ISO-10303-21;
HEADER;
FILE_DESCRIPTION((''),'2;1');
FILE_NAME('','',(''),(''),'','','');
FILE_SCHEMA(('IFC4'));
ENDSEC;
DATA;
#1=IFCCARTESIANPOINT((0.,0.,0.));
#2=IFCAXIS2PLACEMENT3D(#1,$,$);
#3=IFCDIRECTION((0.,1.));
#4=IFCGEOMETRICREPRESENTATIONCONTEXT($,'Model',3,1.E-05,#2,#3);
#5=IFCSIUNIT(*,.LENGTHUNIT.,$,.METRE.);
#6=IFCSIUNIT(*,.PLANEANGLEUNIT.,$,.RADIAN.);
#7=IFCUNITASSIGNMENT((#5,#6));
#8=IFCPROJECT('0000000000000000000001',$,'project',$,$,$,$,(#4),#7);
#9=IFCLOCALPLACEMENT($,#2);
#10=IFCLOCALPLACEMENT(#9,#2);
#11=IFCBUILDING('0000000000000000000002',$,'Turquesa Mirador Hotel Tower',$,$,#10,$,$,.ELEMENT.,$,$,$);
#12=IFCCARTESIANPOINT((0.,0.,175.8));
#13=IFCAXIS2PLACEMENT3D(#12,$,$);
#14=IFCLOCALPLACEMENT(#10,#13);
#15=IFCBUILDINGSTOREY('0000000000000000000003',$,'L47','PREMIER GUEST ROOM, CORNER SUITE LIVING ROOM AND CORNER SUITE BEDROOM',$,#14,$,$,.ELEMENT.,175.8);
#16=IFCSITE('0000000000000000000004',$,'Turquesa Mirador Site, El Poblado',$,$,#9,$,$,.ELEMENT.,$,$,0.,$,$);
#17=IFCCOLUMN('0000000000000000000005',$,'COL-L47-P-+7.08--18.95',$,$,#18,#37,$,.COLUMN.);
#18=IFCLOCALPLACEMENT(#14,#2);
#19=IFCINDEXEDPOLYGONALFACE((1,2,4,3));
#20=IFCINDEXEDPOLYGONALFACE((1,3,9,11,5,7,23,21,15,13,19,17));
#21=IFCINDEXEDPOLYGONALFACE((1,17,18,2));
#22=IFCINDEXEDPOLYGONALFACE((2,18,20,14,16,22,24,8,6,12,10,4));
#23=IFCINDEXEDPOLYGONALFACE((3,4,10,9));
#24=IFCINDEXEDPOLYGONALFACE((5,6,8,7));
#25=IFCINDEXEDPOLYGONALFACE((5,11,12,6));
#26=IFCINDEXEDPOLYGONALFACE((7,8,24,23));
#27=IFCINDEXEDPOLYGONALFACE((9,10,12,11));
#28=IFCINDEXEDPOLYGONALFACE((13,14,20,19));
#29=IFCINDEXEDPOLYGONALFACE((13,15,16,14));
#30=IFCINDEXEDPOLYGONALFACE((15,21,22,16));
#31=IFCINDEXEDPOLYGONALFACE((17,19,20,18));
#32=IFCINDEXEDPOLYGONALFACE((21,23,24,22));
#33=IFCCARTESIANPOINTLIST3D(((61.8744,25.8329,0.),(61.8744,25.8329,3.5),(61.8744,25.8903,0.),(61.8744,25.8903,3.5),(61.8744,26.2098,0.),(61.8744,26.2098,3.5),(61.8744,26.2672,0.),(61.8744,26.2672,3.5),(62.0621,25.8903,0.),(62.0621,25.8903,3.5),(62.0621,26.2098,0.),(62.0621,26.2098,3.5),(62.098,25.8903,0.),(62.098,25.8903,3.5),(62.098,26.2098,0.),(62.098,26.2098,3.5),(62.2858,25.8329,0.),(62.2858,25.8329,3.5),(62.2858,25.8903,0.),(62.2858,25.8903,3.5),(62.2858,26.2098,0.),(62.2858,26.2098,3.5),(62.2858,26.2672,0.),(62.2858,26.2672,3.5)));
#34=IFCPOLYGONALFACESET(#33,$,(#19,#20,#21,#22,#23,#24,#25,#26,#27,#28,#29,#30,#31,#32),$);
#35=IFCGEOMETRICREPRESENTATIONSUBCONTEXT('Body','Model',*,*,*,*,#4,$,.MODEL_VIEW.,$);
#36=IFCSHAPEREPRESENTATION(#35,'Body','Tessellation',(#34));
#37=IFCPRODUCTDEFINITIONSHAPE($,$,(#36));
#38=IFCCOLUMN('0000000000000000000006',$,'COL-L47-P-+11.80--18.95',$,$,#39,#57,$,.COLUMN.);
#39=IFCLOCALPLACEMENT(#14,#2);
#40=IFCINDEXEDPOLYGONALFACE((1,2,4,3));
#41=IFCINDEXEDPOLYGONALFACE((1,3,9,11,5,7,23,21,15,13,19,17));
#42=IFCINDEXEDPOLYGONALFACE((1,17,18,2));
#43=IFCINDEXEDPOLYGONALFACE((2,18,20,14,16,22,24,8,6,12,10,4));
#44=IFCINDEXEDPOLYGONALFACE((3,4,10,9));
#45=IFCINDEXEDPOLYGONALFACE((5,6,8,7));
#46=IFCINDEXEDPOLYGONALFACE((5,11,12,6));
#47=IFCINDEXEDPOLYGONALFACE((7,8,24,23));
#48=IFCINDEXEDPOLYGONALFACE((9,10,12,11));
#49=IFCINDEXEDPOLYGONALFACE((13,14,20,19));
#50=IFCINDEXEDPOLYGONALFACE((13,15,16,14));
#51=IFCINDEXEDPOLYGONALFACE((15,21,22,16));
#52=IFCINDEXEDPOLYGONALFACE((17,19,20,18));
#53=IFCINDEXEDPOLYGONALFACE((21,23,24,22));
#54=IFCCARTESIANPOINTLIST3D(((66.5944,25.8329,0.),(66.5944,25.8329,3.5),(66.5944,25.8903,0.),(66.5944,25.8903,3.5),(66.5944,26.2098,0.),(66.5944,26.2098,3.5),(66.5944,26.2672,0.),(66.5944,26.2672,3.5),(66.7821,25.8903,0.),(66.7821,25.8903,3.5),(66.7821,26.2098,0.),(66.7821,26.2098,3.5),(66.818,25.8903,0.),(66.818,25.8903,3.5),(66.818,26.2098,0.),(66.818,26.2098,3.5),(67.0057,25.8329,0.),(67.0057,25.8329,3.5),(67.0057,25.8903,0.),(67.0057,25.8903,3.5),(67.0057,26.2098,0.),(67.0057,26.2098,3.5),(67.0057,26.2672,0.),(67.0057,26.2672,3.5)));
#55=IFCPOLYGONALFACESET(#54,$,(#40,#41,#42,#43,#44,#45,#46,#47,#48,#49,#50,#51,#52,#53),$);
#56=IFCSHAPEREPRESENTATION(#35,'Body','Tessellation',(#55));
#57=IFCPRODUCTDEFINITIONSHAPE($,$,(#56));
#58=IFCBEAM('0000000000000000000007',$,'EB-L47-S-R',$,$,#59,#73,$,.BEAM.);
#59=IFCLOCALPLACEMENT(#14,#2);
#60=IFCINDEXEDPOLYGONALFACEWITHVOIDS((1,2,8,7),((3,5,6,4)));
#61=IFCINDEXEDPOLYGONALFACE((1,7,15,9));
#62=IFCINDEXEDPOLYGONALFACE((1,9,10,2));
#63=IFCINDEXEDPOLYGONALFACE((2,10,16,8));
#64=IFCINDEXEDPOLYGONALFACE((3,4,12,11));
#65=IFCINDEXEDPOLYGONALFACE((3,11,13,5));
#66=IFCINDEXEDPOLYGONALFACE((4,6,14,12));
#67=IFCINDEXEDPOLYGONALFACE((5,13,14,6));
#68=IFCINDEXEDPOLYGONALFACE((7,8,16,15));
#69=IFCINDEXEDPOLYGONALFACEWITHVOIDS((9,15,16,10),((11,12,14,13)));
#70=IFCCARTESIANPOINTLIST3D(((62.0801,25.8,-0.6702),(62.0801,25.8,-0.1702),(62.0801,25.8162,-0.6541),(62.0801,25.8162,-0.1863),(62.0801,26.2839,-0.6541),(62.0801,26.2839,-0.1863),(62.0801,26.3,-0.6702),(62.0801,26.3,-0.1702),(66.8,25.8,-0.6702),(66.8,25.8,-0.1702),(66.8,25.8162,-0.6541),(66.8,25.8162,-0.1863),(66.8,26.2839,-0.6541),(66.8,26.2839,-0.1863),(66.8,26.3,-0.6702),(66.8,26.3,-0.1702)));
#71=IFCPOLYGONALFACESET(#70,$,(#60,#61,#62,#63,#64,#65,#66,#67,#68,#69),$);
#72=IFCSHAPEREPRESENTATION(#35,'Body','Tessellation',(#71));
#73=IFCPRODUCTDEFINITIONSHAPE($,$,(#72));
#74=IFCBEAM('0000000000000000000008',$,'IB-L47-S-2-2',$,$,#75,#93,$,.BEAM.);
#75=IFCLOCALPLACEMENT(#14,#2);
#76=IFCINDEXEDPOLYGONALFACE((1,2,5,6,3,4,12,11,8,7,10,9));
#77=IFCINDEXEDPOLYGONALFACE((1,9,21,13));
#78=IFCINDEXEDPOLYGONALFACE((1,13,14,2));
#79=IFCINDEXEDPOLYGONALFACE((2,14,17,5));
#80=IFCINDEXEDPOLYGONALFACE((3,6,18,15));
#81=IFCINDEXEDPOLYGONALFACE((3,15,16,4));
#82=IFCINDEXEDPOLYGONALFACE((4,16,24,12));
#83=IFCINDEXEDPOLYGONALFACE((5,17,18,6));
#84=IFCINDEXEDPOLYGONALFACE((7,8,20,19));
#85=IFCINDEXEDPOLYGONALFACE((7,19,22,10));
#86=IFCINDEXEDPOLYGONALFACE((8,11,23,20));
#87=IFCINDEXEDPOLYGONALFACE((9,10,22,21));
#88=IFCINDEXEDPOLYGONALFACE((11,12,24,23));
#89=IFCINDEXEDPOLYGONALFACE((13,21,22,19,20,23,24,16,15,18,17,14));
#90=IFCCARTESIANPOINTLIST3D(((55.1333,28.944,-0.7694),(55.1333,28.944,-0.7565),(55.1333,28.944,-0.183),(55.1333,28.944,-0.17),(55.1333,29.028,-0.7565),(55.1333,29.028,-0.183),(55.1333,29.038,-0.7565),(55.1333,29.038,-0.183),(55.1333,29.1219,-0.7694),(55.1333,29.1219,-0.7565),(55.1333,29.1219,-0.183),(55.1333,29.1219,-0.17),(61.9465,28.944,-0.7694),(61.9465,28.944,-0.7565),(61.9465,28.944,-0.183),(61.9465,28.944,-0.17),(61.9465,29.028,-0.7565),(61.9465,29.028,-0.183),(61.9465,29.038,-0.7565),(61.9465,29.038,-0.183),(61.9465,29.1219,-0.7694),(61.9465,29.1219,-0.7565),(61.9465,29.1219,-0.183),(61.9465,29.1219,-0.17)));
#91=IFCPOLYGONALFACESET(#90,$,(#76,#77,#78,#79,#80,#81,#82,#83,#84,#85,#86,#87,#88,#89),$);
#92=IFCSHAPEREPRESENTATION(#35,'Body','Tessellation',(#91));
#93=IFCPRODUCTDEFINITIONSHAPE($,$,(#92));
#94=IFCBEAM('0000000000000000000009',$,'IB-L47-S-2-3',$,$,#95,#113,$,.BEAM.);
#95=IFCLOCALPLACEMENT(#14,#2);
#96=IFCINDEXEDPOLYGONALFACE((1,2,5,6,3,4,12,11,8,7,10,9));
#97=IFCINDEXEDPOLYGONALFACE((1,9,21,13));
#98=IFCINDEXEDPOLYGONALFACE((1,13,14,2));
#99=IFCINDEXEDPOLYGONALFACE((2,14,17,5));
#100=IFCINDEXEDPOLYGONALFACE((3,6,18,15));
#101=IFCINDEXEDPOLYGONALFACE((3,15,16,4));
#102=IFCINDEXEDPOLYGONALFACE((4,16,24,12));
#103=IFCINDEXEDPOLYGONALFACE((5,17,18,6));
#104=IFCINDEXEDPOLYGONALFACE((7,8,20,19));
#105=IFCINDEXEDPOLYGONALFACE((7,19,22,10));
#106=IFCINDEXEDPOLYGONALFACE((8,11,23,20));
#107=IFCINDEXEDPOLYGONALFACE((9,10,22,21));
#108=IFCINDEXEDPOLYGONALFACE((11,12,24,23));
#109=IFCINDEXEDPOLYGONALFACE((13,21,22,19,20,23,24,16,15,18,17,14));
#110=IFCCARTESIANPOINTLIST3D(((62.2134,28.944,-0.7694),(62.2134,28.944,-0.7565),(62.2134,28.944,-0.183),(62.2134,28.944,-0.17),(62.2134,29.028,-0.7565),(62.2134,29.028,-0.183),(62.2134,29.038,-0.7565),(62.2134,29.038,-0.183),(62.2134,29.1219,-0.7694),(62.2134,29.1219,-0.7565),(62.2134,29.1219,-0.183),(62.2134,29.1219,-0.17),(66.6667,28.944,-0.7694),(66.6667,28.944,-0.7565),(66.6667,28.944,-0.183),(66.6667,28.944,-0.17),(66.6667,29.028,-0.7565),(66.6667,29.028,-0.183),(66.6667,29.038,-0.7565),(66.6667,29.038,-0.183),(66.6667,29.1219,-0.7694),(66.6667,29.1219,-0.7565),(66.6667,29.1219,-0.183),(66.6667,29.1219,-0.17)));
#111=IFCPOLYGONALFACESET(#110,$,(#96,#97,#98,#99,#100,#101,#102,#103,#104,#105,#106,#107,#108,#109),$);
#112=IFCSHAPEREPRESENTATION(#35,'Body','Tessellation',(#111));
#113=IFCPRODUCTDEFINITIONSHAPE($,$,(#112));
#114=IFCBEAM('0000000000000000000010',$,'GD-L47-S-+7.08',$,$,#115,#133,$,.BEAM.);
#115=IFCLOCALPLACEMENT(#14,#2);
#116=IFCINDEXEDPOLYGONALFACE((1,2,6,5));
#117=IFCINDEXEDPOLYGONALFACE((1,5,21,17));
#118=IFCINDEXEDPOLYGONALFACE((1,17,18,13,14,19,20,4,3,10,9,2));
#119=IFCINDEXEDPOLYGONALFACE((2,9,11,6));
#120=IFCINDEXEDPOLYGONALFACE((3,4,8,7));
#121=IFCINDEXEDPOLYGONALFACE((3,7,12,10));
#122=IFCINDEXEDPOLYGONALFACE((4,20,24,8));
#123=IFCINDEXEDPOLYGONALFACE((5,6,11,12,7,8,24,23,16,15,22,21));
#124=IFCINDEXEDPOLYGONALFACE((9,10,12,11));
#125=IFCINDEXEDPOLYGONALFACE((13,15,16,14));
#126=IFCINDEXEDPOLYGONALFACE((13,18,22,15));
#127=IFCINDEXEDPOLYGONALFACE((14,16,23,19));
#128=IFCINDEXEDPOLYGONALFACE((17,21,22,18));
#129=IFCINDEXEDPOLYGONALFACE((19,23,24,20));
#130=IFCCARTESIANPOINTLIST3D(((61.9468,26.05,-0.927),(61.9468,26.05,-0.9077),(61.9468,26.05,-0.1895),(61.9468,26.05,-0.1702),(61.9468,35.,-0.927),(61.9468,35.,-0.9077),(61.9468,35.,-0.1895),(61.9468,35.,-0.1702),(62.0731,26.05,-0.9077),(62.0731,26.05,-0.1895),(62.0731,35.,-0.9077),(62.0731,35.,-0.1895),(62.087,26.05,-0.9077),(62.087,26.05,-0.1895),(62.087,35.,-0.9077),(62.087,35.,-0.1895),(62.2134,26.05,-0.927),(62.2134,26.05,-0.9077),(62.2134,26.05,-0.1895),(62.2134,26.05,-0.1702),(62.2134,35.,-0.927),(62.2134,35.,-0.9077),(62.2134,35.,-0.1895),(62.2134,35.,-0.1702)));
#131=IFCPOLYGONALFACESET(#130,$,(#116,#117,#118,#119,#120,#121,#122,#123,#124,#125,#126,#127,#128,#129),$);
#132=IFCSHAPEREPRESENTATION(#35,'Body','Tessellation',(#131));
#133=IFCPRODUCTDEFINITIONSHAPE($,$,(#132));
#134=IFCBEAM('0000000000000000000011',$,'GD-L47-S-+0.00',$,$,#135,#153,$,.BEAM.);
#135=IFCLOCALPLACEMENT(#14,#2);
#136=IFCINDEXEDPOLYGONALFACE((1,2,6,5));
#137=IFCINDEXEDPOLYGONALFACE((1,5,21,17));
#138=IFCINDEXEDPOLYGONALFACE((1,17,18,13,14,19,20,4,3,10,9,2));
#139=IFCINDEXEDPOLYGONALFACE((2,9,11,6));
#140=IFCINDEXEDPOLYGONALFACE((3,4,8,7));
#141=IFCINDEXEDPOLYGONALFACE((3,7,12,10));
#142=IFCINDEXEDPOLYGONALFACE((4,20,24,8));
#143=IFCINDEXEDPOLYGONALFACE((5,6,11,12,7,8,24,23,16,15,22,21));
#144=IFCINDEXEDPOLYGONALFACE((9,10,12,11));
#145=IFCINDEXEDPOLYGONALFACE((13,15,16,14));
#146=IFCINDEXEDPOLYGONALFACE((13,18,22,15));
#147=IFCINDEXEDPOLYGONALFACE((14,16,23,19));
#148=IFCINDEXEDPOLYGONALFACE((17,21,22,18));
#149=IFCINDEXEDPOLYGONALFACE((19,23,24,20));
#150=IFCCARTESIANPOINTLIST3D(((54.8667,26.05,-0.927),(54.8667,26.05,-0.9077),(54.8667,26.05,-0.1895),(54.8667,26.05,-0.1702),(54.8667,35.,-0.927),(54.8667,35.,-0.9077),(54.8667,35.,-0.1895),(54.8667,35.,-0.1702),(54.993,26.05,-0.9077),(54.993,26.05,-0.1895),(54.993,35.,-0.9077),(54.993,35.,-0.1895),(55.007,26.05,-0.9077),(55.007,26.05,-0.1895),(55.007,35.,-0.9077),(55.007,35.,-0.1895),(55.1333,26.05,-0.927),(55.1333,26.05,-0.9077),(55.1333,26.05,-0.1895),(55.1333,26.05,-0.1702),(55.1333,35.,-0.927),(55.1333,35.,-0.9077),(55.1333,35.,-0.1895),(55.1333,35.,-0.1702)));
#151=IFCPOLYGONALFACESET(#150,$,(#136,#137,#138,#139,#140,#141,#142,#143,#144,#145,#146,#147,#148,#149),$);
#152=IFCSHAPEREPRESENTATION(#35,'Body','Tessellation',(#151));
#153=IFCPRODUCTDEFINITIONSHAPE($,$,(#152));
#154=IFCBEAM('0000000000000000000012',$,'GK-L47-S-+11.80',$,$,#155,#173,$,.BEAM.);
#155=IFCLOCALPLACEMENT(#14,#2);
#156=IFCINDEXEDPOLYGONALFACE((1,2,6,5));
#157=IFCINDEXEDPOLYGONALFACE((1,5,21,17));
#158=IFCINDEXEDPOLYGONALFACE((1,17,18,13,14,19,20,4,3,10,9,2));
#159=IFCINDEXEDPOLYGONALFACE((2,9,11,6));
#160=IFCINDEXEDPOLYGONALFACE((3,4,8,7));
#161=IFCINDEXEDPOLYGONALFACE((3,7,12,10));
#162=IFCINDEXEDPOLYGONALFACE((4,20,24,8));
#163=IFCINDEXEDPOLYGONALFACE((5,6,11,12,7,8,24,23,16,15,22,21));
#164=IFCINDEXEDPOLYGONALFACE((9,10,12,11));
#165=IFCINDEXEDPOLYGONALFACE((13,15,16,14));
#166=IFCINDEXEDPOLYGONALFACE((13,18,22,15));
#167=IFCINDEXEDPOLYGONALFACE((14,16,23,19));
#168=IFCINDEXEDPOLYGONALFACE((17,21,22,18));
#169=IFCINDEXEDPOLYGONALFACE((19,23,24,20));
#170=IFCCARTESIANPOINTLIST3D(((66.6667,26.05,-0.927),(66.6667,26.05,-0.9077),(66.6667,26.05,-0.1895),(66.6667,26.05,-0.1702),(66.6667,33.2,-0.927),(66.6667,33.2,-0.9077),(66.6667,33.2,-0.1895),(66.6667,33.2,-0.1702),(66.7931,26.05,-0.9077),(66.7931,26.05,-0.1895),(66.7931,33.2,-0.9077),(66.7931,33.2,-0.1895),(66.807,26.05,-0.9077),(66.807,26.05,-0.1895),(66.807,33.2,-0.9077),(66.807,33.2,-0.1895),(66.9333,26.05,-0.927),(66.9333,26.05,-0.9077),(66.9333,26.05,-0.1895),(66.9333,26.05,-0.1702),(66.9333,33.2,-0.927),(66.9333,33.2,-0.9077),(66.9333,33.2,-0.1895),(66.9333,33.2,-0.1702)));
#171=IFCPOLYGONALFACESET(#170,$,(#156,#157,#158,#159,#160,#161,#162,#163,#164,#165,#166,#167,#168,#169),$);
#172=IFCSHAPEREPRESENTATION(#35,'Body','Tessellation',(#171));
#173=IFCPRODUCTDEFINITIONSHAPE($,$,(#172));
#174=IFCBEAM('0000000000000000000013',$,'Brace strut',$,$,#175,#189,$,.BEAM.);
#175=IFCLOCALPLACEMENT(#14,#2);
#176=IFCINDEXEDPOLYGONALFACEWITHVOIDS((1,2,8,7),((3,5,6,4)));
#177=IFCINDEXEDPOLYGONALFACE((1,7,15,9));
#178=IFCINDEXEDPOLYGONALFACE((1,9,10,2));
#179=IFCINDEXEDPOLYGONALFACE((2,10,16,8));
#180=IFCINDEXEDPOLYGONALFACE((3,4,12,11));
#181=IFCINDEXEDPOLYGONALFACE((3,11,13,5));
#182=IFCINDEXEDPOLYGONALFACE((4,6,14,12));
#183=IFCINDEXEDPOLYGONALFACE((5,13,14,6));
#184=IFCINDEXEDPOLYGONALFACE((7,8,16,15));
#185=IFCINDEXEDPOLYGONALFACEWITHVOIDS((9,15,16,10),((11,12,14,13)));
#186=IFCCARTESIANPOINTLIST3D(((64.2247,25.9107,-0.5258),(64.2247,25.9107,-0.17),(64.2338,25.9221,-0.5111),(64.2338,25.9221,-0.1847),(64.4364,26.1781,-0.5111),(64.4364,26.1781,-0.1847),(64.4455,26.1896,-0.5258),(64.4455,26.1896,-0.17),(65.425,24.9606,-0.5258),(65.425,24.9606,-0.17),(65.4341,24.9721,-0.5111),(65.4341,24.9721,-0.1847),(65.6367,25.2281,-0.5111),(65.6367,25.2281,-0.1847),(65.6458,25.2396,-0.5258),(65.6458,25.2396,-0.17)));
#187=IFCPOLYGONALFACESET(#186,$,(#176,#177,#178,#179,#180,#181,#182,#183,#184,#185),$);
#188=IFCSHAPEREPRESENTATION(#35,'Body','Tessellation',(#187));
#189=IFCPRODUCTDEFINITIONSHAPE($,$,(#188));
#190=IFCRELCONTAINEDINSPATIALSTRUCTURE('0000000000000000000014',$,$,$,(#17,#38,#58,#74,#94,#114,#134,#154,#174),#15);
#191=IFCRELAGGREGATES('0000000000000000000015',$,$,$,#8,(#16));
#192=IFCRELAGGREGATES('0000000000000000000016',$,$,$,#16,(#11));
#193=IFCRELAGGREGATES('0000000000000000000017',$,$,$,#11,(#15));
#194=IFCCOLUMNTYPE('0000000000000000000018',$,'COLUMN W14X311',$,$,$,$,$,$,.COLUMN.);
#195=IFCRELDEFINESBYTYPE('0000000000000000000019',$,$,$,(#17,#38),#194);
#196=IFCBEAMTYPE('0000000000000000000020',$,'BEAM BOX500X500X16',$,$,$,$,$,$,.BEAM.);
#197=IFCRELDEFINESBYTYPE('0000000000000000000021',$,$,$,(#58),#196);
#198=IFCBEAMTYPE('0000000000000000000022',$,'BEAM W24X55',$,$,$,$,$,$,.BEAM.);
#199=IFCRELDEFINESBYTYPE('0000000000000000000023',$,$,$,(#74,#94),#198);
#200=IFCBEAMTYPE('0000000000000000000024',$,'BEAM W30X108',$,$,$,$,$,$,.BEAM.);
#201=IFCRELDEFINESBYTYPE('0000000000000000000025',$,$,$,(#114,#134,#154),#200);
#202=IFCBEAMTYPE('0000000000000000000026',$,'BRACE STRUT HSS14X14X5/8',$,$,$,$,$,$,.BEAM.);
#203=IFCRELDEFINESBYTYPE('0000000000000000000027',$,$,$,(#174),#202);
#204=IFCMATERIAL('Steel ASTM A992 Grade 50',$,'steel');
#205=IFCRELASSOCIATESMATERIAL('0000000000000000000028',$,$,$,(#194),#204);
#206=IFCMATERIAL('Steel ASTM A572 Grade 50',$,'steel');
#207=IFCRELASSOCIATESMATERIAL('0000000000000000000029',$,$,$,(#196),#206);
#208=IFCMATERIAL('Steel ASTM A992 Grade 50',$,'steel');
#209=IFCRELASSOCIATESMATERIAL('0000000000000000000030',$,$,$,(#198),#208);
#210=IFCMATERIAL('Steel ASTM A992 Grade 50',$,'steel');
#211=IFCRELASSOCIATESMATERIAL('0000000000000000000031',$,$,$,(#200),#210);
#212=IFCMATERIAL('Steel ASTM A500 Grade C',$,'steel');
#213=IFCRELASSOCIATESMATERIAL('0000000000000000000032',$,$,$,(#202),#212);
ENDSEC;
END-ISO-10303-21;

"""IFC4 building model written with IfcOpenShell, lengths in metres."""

from ifc_helpers import new_model, si_unit, direction, frame, origin, origin_2d, place, context, subcontext, project, spatial, hollow_rectangle, i_section, extrude, material, material_profile, profile_set, type_object, element, save


model = new_model("IFC4")

# Units and contexts
model_context = context("Model", 3, precision=1e-05, world=origin(), true_north=direction((0.0, 1.0)))
body_context = subcontext(model_context, "Body", "Model", "MODEL_VIEW")
ifc_project = project(units=[si_unit("LENGTHUNIT", "METRE"), si_unit("PLANEANGLEUNIT", "RADIAN")], contexts=[model_context])

# Site, building, storey
site_placement = place(None, origin())
site = spatial("IfcSite", under=ifc_project, at=site_placement, Name="Turquesa Mirador Site, El Poblado", CompositionType="ELEMENT", RefElevation=0.0)
building_placement = place(site_placement, origin())
building = spatial("IfcBuilding", under=site, at=building_placement, Name="Turquesa Mirador Hotel Tower", CompositionType="ELEMENT")
storey_placement = place(building_placement, frame((0.0, 0.0, 175.8)))
storey = spatial("IfcBuildingStorey", under=building, at=storey_placement, Name="L47", Description="PREMIER GUEST ROOM, CORNER SUITE LIVING ROOM AND CORNER SUITE BEDROOM", CompositionType="ELEMENT", Elevation=175.8)

# Columns
ifc_material_1 = material(Name="Steel ASTM A992 Grade 50", Category="steel")
ifc_material_profile_1 = material_profile(ifc_material_1, i_section(OverallWidth=0.4114, OverallDepth=0.4343, WebThickness=0.0359, FlangeThickness=0.0574, at=origin_2d()), Name="W14X311")
ifc_profile_set_1 = profile_set([ifc_material_profile_1], Name="Steel ASTM A992 Grade 50")
column_type = type_object("IfcColumnType", Name="COLUMN W14X311", PredefinedType="COLUMN", material=ifc_profile_set_1)
for number, where, z_axis, x_axis, name in (
    (1, (62.0801, 26.05, 0.0), (0.0, 0.0, 1.0), (1.0, 0.0, 0.0), "COL-L47-P-+7.08--18.95"),
    (2, (66.8, 26.05, 0.0), (0.0, 0.0, 1.0), (1.0, 0.0, 0.0), "COL-L47-P-+11.80--18.95"),
):
    element("IfcColumn", number, at=place(storey_placement, frame(where, z_axis=z_axis, x_axis=x_axis)), inside=storey, type_object=column_type, Name=name, PredefinedType="COLUMN", context=body_context, shape_type="SweptSolid", body=[
        extrude(i_section(OverallWidth=0.4114, OverallDepth=0.4343, WebThickness=0.0359, FlangeThickness=0.0574, at=origin_2d()), origin(), (0.0, 0.0, 1.0), 3.5),
    ])

# Beams
ifc_material_2 = material(Name="Steel ASTM A572 Grade 50", Category="steel")
ifc_material_profile_2 = material_profile(ifc_material_2, hollow_rectangle(XDim=0.5, YDim=0.5, WallThickness=0.0161, at=origin_2d()), Name="BOX500X500X16")
ifc_profile_set_2 = profile_set([ifc_material_profile_2], Name="Steel ASTM A572 Grade 50")
beam_type_1 = type_object("IfcBeamType", Name="BEAM BOX500X500X16", PredefinedType="BEAM", material=ifc_profile_set_2)
beam_1_placement = place(storey_placement, frame((62.0801, 26.05, -0.4202), z_axis=(1.0, 0.0, 0.0), x_axis=(0.0, 1.0, 0.0)))
element("IfcBeam", 3, at=beam_1_placement, inside=storey, type_object=beam_type_1, Name="EB-L47-S-R", PredefinedType="BEAM", context=body_context, shape_type="SweptSolid", body=[
    extrude(hollow_rectangle(XDim=0.5, YDim=0.5, WallThickness=0.0161, at=origin_2d()), origin(), (0.0, 0.0, 1.0), 4.72),
])
ifc_material_3 = material(Name="Steel ASTM A992 Grade 50", Category="steel")
ifc_material_profile_3 = material_profile(ifc_material_3, i_section(OverallWidth=0.178, OverallDepth=0.5994, WebThickness=0.01, FlangeThickness=0.0129, at=origin_2d()), Name="W24X55")
ifc_profile_set_3 = profile_set([ifc_material_profile_3], Name="Steel ASTM A992 Grade 50")
beam_type_2 = type_object("IfcBeamType", Name="BEAM W24X55", PredefinedType="BEAM", material=ifc_profile_set_3)
beam_2_placement = place(storey_placement, frame((55.1333, 29.033, -0.4697), z_axis=(1.0, 0.0, 0.0), x_axis=(0.0, 1.0, 0.0)))
element("IfcBeam", 4, at=beam_2_placement, inside=storey, type_object=beam_type_2, Name="IB-L47-S-2-2", PredefinedType="BEAM", context=body_context, shape_type="SweptSolid", body=[
    extrude(i_section(OverallWidth=0.178, OverallDepth=0.5994, WebThickness=0.01, FlangeThickness=0.0129, at=origin_2d()), origin(), (0.0, 0.0, 1.0), 6.8132),
])
beam_3_placement = place(storey_placement, frame((62.2134, 29.033, -0.4697), z_axis=(1.0, 0.0, 0.0), x_axis=(0.0, 1.0, 0.0)))
element("IfcBeam", 5, at=beam_3_placement, inside=storey, type_object=beam_type_2, Name="IB-L47-S-2-3", PredefinedType="BEAM", context=body_context, shape_type="SweptSolid", body=[
    extrude(i_section(OverallWidth=0.178, OverallDepth=0.5994, WebThickness=0.01, FlangeThickness=0.0129, at=origin_2d()), origin(), (0.0, 0.0, 1.0), 4.4534),
])
ifc_material_4 = material(Name="Steel ASTM A992 Grade 50", Category="steel")
ifc_material_profile_4 = material_profile(ifc_material_4, i_section(OverallWidth=0.2666, OverallDepth=0.7568, WebThickness=0.0139, FlangeThickness=0.0193, at=origin_2d()), Name="W30X108")
ifc_profile_set_4 = profile_set([ifc_material_profile_4], Name="Steel ASTM A992 Grade 50")
beam_type_3 = type_object("IfcBeamType", Name="BEAM W30X108", PredefinedType="BEAM", material=ifc_profile_set_4)
for number, where, z_axis, x_axis, name in (
    (6, (62.0801, 26.05, -0.5486), (0.0, 1.0, 0.0), (-1.0, 0.0, 0.0), "GD-L47-S-+7.08"),
    (7, (55.0, 26.05, -0.5486), (0.0, 1.0, 0.0), (-1.0, 0.0, 0.0), "GD-L47-S-+0.00"),
):
    element("IfcBeam", number, at=place(storey_placement, frame(where, z_axis=z_axis, x_axis=x_axis)), inside=storey, type_object=beam_type_3, Name=name, PredefinedType="BEAM", context=body_context, shape_type="SweptSolid", body=[
        extrude(i_section(OverallWidth=0.2666, OverallDepth=0.7568, WebThickness=0.0139, FlangeThickness=0.0193, at=origin_2d()), origin(), (0.0, 0.0, 1.0), 8.95),
    ])
beam_4_placement = place(storey_placement, frame((66.8, 26.05, -0.5486), z_axis=(0.0, 1.0, 0.0), x_axis=(-1.0, 0.0, 0.0)))
element("IfcBeam", 8, at=beam_4_placement, inside=storey, type_object=beam_type_3, Name="GK-L47-S-+11.80", PredefinedType="BEAM", context=body_context, shape_type="SweptSolid", body=[
    extrude(i_section(OverallWidth=0.2666, OverallDepth=0.7568, WebThickness=0.0139, FlangeThickness=0.0193, at=origin_2d()), origin(), (0.0, 0.0, 1.0), 7.1499),
])
ifc_material_5 = material(Name="Steel ASTM A500 Grade C", Category="steel")
ifc_material_profile_5 = material_profile(ifc_material_5, hollow_rectangle(XDim=0.3557, YDim=0.3557, WallThickness=0.0146, at=origin_2d()), Name="HSS14X14X5/8")
ifc_profile_set_5 = profile_set([ifc_material_profile_5], Name="Steel ASTM A500 Grade C")
beam_type_4 = type_object("IfcBeamType", Name="BRACE STRUT HSS14X14X5/8", PredefinedType="BEAM", material=ifc_profile_set_5)
beam_5_placement = place(storey_placement, frame((65.5354, 25.1001, -0.3479), z_axis=(-0.784111, 0.620621, 0.0), x_axis=(-0.620621, -0.784111, 0.0)))
element("IfcBeam", 9, at=beam_5_placement, inside=storey, type_object=beam_type_4, Name="Brace strut", PredefinedType="BEAM", context=body_context, shape_type="SweptSolid", body=[
    extrude(hollow_rectangle(XDim=0.3557, YDim=0.3557, WallThickness=0.0146, at=origin_2d()), origin(), (0.0, 0.0, 1.0), 1.5308),
])

save(model, "model.ifc")
